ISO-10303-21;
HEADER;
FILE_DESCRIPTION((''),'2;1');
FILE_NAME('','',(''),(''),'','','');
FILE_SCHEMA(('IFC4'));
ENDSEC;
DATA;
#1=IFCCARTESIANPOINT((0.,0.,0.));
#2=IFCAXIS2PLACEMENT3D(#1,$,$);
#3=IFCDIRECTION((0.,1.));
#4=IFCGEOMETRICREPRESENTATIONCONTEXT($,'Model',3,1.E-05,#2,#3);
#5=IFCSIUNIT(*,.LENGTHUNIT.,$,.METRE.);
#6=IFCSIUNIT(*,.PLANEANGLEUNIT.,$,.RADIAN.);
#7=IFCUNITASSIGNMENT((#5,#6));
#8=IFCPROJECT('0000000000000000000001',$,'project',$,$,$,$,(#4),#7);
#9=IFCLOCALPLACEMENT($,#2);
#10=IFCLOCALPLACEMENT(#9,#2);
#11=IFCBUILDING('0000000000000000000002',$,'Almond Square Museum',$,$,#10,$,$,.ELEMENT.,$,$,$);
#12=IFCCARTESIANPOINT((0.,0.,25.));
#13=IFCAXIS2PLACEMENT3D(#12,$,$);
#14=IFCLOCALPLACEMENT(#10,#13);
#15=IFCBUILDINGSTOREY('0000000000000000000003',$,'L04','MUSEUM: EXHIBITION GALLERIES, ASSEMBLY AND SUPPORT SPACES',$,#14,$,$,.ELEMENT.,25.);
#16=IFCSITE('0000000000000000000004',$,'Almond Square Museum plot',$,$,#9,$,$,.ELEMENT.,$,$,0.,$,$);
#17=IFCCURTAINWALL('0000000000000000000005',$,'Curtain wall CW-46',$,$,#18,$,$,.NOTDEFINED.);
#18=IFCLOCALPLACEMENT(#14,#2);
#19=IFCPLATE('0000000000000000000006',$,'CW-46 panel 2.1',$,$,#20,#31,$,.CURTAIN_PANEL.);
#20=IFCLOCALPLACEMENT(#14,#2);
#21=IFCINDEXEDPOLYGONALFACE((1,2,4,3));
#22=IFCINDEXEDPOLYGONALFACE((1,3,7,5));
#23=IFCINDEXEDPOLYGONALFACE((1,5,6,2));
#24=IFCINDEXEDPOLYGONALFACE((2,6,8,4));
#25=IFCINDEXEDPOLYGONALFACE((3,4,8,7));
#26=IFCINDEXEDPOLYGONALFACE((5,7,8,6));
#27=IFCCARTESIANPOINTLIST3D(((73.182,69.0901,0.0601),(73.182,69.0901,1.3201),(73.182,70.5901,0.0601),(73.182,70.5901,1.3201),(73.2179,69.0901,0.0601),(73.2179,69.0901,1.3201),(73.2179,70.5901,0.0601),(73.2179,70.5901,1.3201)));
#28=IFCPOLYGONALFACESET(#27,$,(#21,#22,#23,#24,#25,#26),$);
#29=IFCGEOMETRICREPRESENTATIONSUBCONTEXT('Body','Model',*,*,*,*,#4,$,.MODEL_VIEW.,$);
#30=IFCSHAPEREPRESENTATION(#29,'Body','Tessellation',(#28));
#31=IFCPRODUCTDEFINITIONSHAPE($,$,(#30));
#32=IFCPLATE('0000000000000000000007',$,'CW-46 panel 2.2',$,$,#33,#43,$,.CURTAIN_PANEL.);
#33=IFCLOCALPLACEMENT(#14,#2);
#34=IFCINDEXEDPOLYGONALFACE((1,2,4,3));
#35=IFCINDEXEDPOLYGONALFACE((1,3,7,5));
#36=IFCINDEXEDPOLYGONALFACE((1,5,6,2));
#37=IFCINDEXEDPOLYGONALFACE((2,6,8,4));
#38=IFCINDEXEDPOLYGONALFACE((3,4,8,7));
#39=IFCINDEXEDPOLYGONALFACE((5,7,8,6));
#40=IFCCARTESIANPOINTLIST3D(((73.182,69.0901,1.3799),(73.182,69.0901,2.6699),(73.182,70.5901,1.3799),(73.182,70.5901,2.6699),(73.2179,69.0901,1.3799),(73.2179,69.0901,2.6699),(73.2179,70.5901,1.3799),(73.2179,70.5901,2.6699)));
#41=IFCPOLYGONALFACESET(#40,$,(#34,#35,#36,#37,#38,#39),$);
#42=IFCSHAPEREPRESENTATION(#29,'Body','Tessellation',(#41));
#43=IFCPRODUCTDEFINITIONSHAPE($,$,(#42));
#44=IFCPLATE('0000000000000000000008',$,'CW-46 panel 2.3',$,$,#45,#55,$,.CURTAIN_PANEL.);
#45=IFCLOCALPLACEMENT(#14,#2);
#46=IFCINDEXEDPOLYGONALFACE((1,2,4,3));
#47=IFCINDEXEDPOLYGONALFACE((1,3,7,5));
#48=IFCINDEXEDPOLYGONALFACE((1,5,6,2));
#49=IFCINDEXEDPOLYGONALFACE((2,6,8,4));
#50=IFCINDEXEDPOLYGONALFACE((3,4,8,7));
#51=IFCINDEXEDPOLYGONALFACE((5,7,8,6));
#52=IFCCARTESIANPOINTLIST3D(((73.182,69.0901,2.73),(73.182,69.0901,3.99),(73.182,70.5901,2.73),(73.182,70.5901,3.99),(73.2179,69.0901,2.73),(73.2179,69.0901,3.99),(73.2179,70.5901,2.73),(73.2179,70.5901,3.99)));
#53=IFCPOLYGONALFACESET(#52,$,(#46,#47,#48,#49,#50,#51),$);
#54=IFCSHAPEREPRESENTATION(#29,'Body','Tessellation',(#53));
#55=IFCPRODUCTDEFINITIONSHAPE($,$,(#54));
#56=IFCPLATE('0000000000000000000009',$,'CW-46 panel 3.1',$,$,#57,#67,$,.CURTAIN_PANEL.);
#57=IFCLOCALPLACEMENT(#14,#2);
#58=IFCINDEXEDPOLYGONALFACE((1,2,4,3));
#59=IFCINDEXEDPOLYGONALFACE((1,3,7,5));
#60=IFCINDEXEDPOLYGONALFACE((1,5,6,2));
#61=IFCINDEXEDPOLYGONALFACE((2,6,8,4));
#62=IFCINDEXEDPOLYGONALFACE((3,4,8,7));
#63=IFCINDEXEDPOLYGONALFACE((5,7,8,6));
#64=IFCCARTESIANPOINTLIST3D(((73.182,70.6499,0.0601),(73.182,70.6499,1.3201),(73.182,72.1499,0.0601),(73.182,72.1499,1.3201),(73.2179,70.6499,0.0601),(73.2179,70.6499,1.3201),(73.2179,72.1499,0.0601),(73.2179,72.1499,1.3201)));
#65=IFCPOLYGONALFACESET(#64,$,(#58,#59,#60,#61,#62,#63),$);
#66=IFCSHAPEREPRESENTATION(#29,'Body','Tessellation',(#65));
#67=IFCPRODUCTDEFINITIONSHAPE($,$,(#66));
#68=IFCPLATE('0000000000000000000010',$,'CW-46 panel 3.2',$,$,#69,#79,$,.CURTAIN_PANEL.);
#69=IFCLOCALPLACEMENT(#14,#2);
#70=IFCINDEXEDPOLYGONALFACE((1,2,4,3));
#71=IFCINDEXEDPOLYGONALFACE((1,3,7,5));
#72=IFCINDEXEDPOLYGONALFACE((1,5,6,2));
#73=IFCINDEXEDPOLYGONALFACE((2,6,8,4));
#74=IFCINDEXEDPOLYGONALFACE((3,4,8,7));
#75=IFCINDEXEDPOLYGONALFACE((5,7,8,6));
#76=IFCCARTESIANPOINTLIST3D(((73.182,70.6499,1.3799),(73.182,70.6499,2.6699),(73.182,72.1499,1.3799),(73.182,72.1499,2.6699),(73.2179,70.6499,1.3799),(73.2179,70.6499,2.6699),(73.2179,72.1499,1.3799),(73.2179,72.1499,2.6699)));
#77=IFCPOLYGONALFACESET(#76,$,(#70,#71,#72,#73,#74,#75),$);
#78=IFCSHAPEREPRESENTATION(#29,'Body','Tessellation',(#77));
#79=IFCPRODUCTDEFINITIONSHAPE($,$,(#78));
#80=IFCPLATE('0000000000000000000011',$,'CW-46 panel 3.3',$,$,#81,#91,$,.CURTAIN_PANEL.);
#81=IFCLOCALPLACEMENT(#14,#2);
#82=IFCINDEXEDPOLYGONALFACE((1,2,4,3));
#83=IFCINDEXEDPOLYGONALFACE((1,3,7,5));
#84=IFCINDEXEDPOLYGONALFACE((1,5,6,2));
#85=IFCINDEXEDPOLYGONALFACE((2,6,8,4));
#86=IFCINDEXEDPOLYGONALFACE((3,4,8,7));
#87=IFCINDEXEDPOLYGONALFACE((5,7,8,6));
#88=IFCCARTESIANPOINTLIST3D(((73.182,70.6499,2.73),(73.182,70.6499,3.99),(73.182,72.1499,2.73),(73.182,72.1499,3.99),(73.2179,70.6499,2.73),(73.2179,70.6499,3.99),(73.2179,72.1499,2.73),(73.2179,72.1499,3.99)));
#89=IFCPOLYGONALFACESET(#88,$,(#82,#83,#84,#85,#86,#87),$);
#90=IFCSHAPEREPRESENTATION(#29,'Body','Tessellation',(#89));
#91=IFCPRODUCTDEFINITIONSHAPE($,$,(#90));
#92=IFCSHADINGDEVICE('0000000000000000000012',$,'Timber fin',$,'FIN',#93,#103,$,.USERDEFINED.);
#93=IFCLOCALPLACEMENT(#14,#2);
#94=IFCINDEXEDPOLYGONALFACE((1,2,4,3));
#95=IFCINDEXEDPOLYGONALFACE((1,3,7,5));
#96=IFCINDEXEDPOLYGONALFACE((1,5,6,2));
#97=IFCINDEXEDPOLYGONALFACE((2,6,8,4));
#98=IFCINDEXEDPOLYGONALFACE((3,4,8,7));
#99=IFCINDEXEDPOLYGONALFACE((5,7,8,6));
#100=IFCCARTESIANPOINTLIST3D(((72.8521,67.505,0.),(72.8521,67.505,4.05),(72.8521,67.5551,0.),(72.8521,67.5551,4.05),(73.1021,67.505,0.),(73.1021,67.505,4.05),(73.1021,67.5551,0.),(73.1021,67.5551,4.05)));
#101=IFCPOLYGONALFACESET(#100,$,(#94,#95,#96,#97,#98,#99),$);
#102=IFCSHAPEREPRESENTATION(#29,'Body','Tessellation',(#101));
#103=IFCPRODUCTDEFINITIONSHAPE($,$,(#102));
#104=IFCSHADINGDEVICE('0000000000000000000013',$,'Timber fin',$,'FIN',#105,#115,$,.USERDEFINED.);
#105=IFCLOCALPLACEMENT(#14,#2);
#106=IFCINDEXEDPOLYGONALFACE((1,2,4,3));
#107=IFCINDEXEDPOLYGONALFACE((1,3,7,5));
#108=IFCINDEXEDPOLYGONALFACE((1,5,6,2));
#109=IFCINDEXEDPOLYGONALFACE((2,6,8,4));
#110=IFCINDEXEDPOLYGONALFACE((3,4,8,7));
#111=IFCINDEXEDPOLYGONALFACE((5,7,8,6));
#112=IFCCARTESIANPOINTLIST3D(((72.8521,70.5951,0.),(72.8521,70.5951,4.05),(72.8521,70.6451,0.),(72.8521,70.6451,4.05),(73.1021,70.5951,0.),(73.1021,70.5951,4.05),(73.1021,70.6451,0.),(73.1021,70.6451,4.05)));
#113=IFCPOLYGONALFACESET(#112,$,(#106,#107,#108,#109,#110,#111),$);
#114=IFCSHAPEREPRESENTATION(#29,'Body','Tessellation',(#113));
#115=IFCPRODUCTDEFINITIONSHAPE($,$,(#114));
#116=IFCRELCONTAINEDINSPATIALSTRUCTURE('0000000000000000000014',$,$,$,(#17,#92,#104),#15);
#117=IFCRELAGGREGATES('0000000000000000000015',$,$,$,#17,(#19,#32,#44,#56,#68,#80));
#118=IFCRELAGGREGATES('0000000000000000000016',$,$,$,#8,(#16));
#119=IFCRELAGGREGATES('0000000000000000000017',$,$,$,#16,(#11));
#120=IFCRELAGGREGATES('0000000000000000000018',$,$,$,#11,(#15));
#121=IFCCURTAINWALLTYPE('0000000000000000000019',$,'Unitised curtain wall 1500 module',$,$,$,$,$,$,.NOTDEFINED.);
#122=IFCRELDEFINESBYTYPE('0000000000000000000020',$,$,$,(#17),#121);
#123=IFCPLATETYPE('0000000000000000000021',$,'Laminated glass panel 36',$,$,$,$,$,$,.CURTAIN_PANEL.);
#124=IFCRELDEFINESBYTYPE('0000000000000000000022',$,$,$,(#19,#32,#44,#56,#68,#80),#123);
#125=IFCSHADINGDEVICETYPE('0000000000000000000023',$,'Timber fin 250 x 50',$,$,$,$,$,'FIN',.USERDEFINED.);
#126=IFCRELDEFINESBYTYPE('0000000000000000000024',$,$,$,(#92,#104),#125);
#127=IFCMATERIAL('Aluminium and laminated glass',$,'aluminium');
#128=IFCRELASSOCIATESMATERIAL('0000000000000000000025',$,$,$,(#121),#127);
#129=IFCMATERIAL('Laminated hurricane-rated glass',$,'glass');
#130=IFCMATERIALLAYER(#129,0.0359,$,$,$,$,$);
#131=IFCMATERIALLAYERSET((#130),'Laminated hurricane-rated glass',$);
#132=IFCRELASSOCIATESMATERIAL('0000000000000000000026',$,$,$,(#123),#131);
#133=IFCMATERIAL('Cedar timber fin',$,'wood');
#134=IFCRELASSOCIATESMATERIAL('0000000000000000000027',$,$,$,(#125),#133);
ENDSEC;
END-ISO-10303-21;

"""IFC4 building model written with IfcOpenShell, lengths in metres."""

from ifc_helpers import new_model, si_unit, direction, frame, origin, origin_2d, place, context, subcontext, project, spatial, rectangle, extrude, material, layer, layer_set, material_profile, profile_set, type_object, element, aggregate, save


model = new_model("IFC4")

# Units and contexts
model_context = context("Model", 3, precision=1e-05, world=origin(), true_north=direction((0.0, 1.0)))
body_context = subcontext(model_context, "Body", "Model", "MODEL_VIEW")
ifc_project = project(units=[si_unit("LENGTHUNIT", "METRE"), si_unit("PLANEANGLEUNIT", "RADIAN")], contexts=[model_context])

# Site, building, storey
site_placement = place(None, origin())
site = spatial("IfcSite", under=ifc_project, at=site_placement, Name="Almond Square Museum plot", CompositionType="ELEMENT", RefElevation=0.0)
building_placement = place(site_placement, origin())
building = spatial("IfcBuilding", under=site, at=building_placement, Name="Almond Square Museum", CompositionType="ELEMENT")
storey_placement = place(building_placement, frame((0.0, 0.0, 25.0)))
storey = spatial("IfcBuildingStorey", under=building, at=storey_placement, Name="L04", Description="MUSEUM: EXHIBITION GALLERIES, ASSEMBLY AND SUPPORT SPACES", CompositionType="ELEMENT", Elevation=25.0)

# Curtain wall
ifc_material_1 = material(Name="Aluminium and laminated glass", Category="aluminium")
curtain_wall_type = type_object("IfcCurtainWallType", Name="Unitised curtain wall 1500 module", PredefinedType="NOTDEFINED", material=ifc_material_1)
curtain_wall_1_placement = place(storey_placement, origin())
curtain_wall_1 = element("IfcCurtainWall", 1, at=curtain_wall_1_placement, inside=storey, type_object=curtain_wall_type, Name="Curtain wall CW-46", PredefinedType="NOTDEFINED")

# Plates
ifc_material_2 = material(Name="Laminated hurricane-rated glass", Category="glass")
ifc_layer = layer(ifc_material_2, 0.0359)
ifc_layer_set = layer_set([ifc_layer], Name="Laminated hurricane-rated glass")
plate_type = type_object("IfcPlateType", Name="Laminated glass panel 36", PredefinedType="CURTAIN_PANEL", material=ifc_layer_set)
plate_1_placement = place(storey_placement, frame((73.2, 69.8401, 0.0601), z_axis=(0.0, 0.0, 1.0), x_axis=(0.0, 1.0, 0.0)))
plate_1 = element("IfcPlate", 2, at=plate_1_placement, type_object=plate_type, Name="CW-46 panel 2.1", PredefinedType="CURTAIN_PANEL", context=body_context, shape_type="SweptSolid", body=[
    extrude(rectangle(XDim=1.5, YDim=0.0359, at=origin_2d()), origin(), (0.0, 0.0, 1.0), 1.26),
])
plate_2_placement = place(storey_placement, frame((73.2, 69.8401, 1.3799), z_axis=(0.0, 0.0, 1.0), x_axis=(0.0, 1.0, 0.0)))
plate_2 = element("IfcPlate", 3, at=plate_2_placement, type_object=plate_type, Name="CW-46 panel 2.2", PredefinedType="CURTAIN_PANEL", context=body_context, shape_type="SweptSolid", body=[
    extrude(rectangle(XDim=1.5, YDim=0.0359, at=origin_2d()), origin(), (0.0, 0.0, 1.0), 1.29),
])
plate_3_placement = place(storey_placement, frame((73.2, 69.8401, 2.73), z_axis=(0.0, 0.0, 1.0), x_axis=(0.0, 1.0, 0.0)))
plate_3 = element("IfcPlate", 4, at=plate_3_placement, type_object=plate_type, Name="CW-46 panel 2.3", PredefinedType="CURTAIN_PANEL", context=body_context, shape_type="SweptSolid", body=[
    extrude(rectangle(XDim=1.5, YDim=0.0359, at=origin_2d()), origin(), (0.0, 0.0, 1.0), 1.26),
])
plate_4_placement = place(storey_placement, frame((73.2, 71.3999, 0.0601), z_axis=(0.0, 0.0, 1.0), x_axis=(0.0, 1.0, 0.0)))
plate_4 = element("IfcPlate", 5, at=plate_4_placement, type_object=plate_type, Name="CW-46 panel 3.1", PredefinedType="CURTAIN_PANEL", context=body_context, shape_type="SweptSolid", body=[
    extrude(rectangle(XDim=1.5, YDim=0.0359, at=origin_2d()), origin(), (0.0, 0.0, 1.0), 1.26),
])
plate_5_placement = place(storey_placement, frame((73.2, 71.3999, 1.3799), z_axis=(0.0, 0.0, 1.0), x_axis=(0.0, 1.0, 0.0)))
plate_5 = element("IfcPlate", 6, at=plate_5_placement, type_object=plate_type, Name="CW-46 panel 3.2", PredefinedType="CURTAIN_PANEL", context=body_context, shape_type="SweptSolid", body=[
    extrude(rectangle(XDim=1.5, YDim=0.0359, at=origin_2d()), origin(), (0.0, 0.0, 1.0), 1.29),
])
plate_6_placement = place(storey_placement, frame((73.2, 71.3999, 2.73), z_axis=(0.0, 0.0, 1.0), x_axis=(0.0, 1.0, 0.0)))
plate_6 = element("IfcPlate", 7, at=plate_6_placement, type_object=plate_type, Name="CW-46 panel 3.3", PredefinedType="CURTAIN_PANEL", context=body_context, shape_type="SweptSolid", body=[
    extrude(rectangle(XDim=1.5, YDim=0.0359, at=origin_2d()), origin(), (0.0, 0.0, 1.0), 1.26),
])
aggregate(curtain_wall_1, [plate_1, plate_2, plate_3, plate_4, plate_5, plate_6])

# Shading devices
ifc_material_3 = material(Name="Cedar timber fin", Category="wood")
ifc_material_profile_1 = material_profile(ifc_material_3, rectangle(XDim=0.25, YDim=0.05, at=origin_2d()))
ifc_profile_set_1 = profile_set([ifc_material_profile_1], Name="Cedar timber fin")
shading_device_type = type_object("IfcShadingDeviceType", Name="Timber fin 250 x 50", ElementType="FIN", PredefinedType="USERDEFINED", material=ifc_profile_set_1)
for number, where, z_axis, x_axis, name in (
    (8, (72.9771, 67.53, 0.0), (0.0, 0.0, 1.0), (-1.0, 0.0, 0.0), "Timber fin"),
    (9, (72.9771, 70.6201, 0.0), (0.0, 0.0, 1.0), (-1.0, 0.0, 0.0), "Timber fin"),
):
    element("IfcShadingDevice", number, at=place(storey_placement, frame(where, z_axis=z_axis, x_axis=x_axis)), inside=storey, type_object=shading_device_type, Name=name, ObjectType="FIN", PredefinedType="USERDEFINED", context=body_context, shape_type="SweptSolid", body=[
        extrude(rectangle(XDim=0.25, YDim=0.05, at=origin_2d()), origin(), (0.0, 0.0, 1.0), 4.05),
    ])

save(model, "model.ifc")
